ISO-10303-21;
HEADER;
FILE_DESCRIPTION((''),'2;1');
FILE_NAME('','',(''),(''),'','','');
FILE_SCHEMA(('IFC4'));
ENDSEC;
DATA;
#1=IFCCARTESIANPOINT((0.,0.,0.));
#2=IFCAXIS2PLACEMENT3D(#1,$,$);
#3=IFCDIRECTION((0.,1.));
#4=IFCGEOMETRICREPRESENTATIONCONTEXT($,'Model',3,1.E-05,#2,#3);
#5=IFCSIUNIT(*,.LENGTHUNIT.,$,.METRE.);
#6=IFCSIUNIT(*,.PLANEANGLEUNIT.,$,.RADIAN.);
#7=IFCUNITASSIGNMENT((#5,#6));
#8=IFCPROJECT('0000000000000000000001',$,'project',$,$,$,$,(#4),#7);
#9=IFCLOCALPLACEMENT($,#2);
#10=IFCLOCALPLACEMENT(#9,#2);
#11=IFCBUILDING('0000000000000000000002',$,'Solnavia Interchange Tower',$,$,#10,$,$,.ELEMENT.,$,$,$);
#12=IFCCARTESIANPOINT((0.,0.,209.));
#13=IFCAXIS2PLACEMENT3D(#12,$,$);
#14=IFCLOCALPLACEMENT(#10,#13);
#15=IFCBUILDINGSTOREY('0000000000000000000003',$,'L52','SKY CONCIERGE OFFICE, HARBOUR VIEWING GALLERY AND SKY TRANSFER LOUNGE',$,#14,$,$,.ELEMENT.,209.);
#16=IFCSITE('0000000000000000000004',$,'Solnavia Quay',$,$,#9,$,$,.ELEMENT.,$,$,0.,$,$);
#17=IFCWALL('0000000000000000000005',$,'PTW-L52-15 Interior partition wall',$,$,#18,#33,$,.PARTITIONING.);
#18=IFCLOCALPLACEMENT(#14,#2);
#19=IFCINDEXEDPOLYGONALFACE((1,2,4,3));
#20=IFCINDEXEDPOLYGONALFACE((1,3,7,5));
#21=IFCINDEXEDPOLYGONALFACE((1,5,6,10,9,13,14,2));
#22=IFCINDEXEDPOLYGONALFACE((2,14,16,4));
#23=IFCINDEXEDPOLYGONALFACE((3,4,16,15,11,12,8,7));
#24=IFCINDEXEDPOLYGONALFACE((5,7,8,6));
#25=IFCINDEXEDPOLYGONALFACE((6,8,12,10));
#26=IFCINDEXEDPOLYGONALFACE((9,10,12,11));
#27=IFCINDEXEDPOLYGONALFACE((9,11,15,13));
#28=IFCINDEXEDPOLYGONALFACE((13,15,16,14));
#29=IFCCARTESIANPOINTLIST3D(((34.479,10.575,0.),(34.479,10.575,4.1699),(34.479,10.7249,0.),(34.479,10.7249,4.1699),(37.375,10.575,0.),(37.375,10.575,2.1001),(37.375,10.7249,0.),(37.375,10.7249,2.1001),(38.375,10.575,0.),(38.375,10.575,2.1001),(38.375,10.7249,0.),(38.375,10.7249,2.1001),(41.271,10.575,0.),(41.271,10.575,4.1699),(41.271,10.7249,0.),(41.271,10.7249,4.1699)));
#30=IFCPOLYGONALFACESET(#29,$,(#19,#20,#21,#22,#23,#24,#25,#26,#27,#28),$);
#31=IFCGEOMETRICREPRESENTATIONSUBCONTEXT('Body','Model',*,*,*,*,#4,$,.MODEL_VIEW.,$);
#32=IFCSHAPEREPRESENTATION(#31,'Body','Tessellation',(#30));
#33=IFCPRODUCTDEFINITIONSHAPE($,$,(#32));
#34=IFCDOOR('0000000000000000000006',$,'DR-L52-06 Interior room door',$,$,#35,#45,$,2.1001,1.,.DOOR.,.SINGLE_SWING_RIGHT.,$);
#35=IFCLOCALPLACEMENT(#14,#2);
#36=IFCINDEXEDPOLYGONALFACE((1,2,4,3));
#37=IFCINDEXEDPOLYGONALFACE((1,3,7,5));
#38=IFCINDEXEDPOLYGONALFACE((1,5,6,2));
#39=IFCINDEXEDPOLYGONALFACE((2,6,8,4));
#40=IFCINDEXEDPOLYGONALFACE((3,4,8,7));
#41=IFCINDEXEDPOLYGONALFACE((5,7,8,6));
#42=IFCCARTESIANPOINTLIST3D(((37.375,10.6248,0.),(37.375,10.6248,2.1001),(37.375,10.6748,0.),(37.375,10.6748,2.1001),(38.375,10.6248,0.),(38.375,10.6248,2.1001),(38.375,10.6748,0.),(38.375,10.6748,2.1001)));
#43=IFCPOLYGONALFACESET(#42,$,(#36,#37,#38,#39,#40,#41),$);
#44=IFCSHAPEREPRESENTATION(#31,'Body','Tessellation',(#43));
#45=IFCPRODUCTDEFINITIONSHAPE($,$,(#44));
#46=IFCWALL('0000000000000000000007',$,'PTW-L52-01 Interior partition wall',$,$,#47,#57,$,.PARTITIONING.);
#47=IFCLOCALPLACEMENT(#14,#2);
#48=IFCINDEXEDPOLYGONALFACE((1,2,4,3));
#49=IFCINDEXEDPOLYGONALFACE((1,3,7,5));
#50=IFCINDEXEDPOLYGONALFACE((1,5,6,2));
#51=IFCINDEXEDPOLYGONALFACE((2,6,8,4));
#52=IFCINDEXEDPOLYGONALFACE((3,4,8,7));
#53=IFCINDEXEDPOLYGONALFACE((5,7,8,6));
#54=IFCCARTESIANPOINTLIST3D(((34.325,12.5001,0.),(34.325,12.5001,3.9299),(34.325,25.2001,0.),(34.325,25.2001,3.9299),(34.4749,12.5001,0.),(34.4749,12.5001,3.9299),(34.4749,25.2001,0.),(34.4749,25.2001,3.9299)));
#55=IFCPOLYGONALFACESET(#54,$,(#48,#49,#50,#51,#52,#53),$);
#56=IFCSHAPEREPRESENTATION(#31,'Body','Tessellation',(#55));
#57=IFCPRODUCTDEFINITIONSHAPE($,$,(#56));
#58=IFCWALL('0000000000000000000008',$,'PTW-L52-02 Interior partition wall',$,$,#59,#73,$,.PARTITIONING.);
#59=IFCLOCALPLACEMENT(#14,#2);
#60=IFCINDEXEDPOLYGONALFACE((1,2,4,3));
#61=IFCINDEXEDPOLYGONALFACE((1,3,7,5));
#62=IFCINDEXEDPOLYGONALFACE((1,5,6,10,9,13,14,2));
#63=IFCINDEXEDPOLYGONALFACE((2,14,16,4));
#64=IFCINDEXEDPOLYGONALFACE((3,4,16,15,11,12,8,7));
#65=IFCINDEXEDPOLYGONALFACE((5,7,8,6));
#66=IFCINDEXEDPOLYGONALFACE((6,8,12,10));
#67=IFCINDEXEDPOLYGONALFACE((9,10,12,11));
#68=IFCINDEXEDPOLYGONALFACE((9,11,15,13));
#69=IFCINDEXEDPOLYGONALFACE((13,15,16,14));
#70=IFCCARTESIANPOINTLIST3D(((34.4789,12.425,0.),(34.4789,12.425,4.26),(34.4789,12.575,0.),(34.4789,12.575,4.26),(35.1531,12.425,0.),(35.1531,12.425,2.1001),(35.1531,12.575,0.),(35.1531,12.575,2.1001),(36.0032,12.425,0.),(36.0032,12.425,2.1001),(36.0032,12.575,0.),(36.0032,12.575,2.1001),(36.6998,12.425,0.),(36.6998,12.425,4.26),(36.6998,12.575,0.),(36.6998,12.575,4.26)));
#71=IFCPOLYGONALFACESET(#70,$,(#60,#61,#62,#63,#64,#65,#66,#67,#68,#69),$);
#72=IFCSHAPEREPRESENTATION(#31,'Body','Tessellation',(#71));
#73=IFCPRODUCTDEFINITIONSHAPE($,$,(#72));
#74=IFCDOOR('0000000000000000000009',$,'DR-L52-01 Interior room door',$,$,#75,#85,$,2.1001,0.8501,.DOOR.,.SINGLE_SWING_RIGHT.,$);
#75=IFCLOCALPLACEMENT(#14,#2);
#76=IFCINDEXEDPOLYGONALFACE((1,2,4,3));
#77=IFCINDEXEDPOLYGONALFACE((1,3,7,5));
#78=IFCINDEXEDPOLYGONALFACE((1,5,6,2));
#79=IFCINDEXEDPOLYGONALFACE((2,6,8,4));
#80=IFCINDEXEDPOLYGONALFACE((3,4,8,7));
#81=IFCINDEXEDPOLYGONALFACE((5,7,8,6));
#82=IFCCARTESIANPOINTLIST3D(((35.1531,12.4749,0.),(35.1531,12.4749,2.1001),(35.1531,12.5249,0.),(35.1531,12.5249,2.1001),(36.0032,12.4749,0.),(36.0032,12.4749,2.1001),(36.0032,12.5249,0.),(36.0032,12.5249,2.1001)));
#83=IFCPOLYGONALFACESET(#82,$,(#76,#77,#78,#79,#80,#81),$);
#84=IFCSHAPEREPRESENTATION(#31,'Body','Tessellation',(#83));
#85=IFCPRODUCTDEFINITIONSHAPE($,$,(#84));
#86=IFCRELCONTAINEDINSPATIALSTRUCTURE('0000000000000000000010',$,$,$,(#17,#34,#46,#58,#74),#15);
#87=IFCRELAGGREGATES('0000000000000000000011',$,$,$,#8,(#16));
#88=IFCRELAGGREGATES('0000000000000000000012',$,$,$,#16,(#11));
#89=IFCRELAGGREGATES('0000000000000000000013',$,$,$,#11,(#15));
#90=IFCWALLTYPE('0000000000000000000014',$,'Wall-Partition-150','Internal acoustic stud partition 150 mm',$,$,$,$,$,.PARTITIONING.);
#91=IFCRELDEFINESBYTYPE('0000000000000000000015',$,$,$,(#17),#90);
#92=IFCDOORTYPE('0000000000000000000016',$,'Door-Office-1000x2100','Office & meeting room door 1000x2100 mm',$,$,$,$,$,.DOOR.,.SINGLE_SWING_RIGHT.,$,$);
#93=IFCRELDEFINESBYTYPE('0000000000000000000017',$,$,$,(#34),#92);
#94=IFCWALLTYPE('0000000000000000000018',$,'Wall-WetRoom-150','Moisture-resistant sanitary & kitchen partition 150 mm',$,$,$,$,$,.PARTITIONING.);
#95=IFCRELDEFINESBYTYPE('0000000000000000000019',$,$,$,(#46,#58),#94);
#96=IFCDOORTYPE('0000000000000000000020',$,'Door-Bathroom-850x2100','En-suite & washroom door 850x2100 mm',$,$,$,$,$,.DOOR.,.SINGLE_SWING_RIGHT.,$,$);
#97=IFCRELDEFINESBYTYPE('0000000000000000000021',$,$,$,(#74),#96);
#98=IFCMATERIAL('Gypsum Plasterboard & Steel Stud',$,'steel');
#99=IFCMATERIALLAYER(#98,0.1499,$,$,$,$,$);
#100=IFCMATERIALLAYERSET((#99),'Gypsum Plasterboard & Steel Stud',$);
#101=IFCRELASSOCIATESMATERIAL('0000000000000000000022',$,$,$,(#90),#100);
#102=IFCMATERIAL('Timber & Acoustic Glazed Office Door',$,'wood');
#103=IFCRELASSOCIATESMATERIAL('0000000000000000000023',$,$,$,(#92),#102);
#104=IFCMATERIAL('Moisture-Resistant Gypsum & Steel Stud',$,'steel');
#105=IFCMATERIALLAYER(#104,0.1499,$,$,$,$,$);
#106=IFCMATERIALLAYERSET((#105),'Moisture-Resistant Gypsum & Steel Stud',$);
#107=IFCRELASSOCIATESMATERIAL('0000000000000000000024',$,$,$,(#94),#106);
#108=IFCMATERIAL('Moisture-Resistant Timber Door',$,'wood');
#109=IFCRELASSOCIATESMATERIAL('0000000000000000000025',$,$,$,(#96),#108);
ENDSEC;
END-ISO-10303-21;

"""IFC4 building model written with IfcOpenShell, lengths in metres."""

from ifc_helpers import new_model, si_unit, direction, frame, frame_2d, origin, place, context, subcontext, project, spatial, rectangle, extrude, material, layer, layer_set, type_object, element, fill, save


model = new_model("IFC4")

# Units and contexts
model_context = context("Model", 3, precision=1e-05, world=origin(), true_north=direction((0.0, 1.0)))
body_context = subcontext(model_context, "Body", "Model", "MODEL_VIEW")
ifc_project = project(units=[si_unit("LENGTHUNIT", "METRE"), si_unit("PLANEANGLEUNIT", "RADIAN")], contexts=[model_context])

# Site, building, storey
site_placement = place(None, origin())
site = spatial("IfcSite", under=ifc_project, at=site_placement, Name="Solnavia Quay", CompositionType="ELEMENT", RefElevation=0.0)
building_placement = place(site_placement, origin())
building = spatial("IfcBuilding", under=site, at=building_placement, Name="Solnavia Interchange Tower", CompositionType="ELEMENT")
storey_placement = place(building_placement, frame((0.0, 0.0, 209.0)))
storey = spatial("IfcBuildingStorey", under=building, at=storey_placement, Name="L52", Description="SKY CONCIERGE OFFICE, HARBOUR VIEWING GALLERY AND SKY TRANSFER LOUNGE", CompositionType="ELEMENT", Elevation=209.0)

# Shared definitions
ifc_material_1 = material(Name="Gypsum Plasterboard & Steel Stud", Category="steel")
ifc_layer_1 = layer(ifc_material_1, 0.1499)
ifc_layer_set_1 = layer_set([ifc_layer_1], Name="Gypsum Plasterboard & Steel Stud")
wall_type_1 = type_object("IfcWallType", Name="Wall-Partition-150", Description="Internal acoustic stud partition 150 mm", PredefinedType="PARTITIONING", material=ifc_layer_set_1)

# Wall, opening, door
wall_1_placement = place(storey_placement, frame((34.479, 10.6499, 0.0), z_axis=(0.0, 0.0, 1.0), x_axis=(1.0, 0.0, 0.0)))
wall_1 = element("IfcWall", 1, at=wall_1_placement, inside=storey, type_object=wall_type_1, Name="PTW-L52-15 Interior partition wall", PredefinedType="PARTITIONING", context=body_context, shape_type="SweptSolid", body=[
    extrude(rectangle(XDim=6.792, YDim=0.1499, at=frame_2d((3.396, 0.0))), origin(), (0.0, 0.0, 1.0), 4.1699),
])
opening_1_placement = place(wall_1_placement, frame((2.896, 0.0, 0.0)))
opening_1 = element("IfcOpeningElement", 2, at=opening_1_placement, cuts=wall_1, PredefinedType="OPENING", context=body_context, shape_type="SweptSolid", body=[
    extrude(rectangle(XDim=1.0, YDim=2.1001, at=frame_2d((0.5, 1.05))), frame((0.0, 0.085, 0.0), z_axis=(0.0, -1.0, 0.0), x_axis=(1.0, 0.0, 0.0)), (0.0, 0.0, 1.0), 0.1699),
])
ifc_material_2 = material(Name="Timber & Acoustic Glazed Office Door", Category="wood")
door_type_1 = type_object("IfcDoorType", Name="Door-Office-1000x2100", Description="Office & meeting room door 1000x2100 mm", OperationType="SINGLE_SWING_RIGHT", PredefinedType="DOOR", material=ifc_material_2)
door_1_placement = place(opening_1_placement, origin())
door_1 = element("IfcDoor", 3, at=door_1_placement, inside=storey, type_object=door_type_1, Name="DR-L52-06 Interior room door", OperationType="SINGLE_SWING_RIGHT", OverallHeight=2.1001, OverallWidth=1.0, PredefinedType="DOOR", context=body_context, shape_type="SweptSolid", body=[
    extrude(rectangle(XDim=1.0, YDim=2.1001, at=frame_2d((0.5, 1.05))), frame((0.0, 0.0249, 0.0), z_axis=(0.0, -1.0, 0.0), x_axis=(1.0, 0.0, 0.0)), (0.0, 0.0, 1.0), 0.05),
])
fill(opening_1, door_1)

# Wall
ifc_material_3 = material(Name="Moisture-Resistant Gypsum & Steel Stud", Category="steel")
ifc_layer_2 = layer(ifc_material_3, 0.1499)
ifc_layer_set_2 = layer_set([ifc_layer_2], Name="Moisture-Resistant Gypsum & Steel Stud")
wall_type_2 = type_object("IfcWallType", Name="Wall-WetRoom-150", Description="Moisture-resistant sanitary & kitchen partition 150 mm", PredefinedType="PARTITIONING", material=ifc_layer_set_2)
wall_2_placement = place(storey_placement, frame((34.3999, 12.5, 0.0), z_axis=(0.0, 0.0, 1.0), x_axis=(0.0, 1.0, 0.0)))
element("IfcWall", 4, at=wall_2_placement, inside=storey, type_object=wall_type_2, Name="PTW-L52-01 Interior partition wall", PredefinedType="PARTITIONING", context=body_context, shape_type="SweptSolid", body=[
    extrude(rectangle(XDim=12.7, YDim=0.1499, at=frame_2d((6.3501, 0.0))), origin(), (0.0, 0.0, 1.0), 3.9299),
])

# Wall, opening, door
wall_3_placement = place(storey_placement, frame((34.479, 12.5, 0.0), z_axis=(0.0, 0.0, 1.0), x_axis=(1.0, 0.0, 0.0)))
wall_3 = element("IfcWall", 5, at=wall_3_placement, inside=storey, type_object=wall_type_2, Name="PTW-L52-02 Interior partition wall", PredefinedType="PARTITIONING", context=body_context, shape_type="SweptSolid", body=[
    extrude(rectangle(XDim=2.2209, YDim=0.1499, at=frame_2d((1.1104, 0.0))), origin(), (0.0, 0.0, 1.0), 4.26),
])
opening_2_placement = place(wall_3_placement, frame((0.6741, 0.0, 0.0)))
opening_2 = element("IfcOpeningElement", 6, at=opening_2_placement, cuts=wall_3, PredefinedType="OPENING", context=body_context, shape_type="SweptSolid", body=[
    extrude(rectangle(XDim=0.8501, YDim=2.1001, at=frame_2d((0.425, 1.05))), frame((0.0, 0.085, 0.0), z_axis=(0.0, -1.0, 0.0), x_axis=(1.0, 0.0, 0.0)), (0.0, 0.0, 1.0), 0.1699),
])
ifc_material_4 = material(Name="Moisture-Resistant Timber Door", Category="wood")
door_type_2 = type_object("IfcDoorType", Name="Door-Bathroom-850x2100", Description="En-suite & washroom door 850x2100 mm", OperationType="SINGLE_SWING_RIGHT", PredefinedType="DOOR", material=ifc_material_4)
door_2_placement = place(opening_2_placement, origin())
door_2 = element("IfcDoor", 7, at=door_2_placement, inside=storey, type_object=door_type_2, Name="DR-L52-01 Interior room door", OperationType="SINGLE_SWING_RIGHT", OverallHeight=2.1001, OverallWidth=0.8501, PredefinedType="DOOR", context=body_context, shape_type="SweptSolid", body=[
    extrude(rectangle(XDim=0.8501, YDim=2.1001, at=frame_2d((0.425, 1.05))), frame((0.0, 0.0249, 0.0), z_axis=(0.0, -1.0, 0.0), x_axis=(1.0, 0.0, 0.0)), (0.0, 0.0, 1.0), 0.05),
])
fill(opening_2, door_2)

save(model, "model.ifc")
